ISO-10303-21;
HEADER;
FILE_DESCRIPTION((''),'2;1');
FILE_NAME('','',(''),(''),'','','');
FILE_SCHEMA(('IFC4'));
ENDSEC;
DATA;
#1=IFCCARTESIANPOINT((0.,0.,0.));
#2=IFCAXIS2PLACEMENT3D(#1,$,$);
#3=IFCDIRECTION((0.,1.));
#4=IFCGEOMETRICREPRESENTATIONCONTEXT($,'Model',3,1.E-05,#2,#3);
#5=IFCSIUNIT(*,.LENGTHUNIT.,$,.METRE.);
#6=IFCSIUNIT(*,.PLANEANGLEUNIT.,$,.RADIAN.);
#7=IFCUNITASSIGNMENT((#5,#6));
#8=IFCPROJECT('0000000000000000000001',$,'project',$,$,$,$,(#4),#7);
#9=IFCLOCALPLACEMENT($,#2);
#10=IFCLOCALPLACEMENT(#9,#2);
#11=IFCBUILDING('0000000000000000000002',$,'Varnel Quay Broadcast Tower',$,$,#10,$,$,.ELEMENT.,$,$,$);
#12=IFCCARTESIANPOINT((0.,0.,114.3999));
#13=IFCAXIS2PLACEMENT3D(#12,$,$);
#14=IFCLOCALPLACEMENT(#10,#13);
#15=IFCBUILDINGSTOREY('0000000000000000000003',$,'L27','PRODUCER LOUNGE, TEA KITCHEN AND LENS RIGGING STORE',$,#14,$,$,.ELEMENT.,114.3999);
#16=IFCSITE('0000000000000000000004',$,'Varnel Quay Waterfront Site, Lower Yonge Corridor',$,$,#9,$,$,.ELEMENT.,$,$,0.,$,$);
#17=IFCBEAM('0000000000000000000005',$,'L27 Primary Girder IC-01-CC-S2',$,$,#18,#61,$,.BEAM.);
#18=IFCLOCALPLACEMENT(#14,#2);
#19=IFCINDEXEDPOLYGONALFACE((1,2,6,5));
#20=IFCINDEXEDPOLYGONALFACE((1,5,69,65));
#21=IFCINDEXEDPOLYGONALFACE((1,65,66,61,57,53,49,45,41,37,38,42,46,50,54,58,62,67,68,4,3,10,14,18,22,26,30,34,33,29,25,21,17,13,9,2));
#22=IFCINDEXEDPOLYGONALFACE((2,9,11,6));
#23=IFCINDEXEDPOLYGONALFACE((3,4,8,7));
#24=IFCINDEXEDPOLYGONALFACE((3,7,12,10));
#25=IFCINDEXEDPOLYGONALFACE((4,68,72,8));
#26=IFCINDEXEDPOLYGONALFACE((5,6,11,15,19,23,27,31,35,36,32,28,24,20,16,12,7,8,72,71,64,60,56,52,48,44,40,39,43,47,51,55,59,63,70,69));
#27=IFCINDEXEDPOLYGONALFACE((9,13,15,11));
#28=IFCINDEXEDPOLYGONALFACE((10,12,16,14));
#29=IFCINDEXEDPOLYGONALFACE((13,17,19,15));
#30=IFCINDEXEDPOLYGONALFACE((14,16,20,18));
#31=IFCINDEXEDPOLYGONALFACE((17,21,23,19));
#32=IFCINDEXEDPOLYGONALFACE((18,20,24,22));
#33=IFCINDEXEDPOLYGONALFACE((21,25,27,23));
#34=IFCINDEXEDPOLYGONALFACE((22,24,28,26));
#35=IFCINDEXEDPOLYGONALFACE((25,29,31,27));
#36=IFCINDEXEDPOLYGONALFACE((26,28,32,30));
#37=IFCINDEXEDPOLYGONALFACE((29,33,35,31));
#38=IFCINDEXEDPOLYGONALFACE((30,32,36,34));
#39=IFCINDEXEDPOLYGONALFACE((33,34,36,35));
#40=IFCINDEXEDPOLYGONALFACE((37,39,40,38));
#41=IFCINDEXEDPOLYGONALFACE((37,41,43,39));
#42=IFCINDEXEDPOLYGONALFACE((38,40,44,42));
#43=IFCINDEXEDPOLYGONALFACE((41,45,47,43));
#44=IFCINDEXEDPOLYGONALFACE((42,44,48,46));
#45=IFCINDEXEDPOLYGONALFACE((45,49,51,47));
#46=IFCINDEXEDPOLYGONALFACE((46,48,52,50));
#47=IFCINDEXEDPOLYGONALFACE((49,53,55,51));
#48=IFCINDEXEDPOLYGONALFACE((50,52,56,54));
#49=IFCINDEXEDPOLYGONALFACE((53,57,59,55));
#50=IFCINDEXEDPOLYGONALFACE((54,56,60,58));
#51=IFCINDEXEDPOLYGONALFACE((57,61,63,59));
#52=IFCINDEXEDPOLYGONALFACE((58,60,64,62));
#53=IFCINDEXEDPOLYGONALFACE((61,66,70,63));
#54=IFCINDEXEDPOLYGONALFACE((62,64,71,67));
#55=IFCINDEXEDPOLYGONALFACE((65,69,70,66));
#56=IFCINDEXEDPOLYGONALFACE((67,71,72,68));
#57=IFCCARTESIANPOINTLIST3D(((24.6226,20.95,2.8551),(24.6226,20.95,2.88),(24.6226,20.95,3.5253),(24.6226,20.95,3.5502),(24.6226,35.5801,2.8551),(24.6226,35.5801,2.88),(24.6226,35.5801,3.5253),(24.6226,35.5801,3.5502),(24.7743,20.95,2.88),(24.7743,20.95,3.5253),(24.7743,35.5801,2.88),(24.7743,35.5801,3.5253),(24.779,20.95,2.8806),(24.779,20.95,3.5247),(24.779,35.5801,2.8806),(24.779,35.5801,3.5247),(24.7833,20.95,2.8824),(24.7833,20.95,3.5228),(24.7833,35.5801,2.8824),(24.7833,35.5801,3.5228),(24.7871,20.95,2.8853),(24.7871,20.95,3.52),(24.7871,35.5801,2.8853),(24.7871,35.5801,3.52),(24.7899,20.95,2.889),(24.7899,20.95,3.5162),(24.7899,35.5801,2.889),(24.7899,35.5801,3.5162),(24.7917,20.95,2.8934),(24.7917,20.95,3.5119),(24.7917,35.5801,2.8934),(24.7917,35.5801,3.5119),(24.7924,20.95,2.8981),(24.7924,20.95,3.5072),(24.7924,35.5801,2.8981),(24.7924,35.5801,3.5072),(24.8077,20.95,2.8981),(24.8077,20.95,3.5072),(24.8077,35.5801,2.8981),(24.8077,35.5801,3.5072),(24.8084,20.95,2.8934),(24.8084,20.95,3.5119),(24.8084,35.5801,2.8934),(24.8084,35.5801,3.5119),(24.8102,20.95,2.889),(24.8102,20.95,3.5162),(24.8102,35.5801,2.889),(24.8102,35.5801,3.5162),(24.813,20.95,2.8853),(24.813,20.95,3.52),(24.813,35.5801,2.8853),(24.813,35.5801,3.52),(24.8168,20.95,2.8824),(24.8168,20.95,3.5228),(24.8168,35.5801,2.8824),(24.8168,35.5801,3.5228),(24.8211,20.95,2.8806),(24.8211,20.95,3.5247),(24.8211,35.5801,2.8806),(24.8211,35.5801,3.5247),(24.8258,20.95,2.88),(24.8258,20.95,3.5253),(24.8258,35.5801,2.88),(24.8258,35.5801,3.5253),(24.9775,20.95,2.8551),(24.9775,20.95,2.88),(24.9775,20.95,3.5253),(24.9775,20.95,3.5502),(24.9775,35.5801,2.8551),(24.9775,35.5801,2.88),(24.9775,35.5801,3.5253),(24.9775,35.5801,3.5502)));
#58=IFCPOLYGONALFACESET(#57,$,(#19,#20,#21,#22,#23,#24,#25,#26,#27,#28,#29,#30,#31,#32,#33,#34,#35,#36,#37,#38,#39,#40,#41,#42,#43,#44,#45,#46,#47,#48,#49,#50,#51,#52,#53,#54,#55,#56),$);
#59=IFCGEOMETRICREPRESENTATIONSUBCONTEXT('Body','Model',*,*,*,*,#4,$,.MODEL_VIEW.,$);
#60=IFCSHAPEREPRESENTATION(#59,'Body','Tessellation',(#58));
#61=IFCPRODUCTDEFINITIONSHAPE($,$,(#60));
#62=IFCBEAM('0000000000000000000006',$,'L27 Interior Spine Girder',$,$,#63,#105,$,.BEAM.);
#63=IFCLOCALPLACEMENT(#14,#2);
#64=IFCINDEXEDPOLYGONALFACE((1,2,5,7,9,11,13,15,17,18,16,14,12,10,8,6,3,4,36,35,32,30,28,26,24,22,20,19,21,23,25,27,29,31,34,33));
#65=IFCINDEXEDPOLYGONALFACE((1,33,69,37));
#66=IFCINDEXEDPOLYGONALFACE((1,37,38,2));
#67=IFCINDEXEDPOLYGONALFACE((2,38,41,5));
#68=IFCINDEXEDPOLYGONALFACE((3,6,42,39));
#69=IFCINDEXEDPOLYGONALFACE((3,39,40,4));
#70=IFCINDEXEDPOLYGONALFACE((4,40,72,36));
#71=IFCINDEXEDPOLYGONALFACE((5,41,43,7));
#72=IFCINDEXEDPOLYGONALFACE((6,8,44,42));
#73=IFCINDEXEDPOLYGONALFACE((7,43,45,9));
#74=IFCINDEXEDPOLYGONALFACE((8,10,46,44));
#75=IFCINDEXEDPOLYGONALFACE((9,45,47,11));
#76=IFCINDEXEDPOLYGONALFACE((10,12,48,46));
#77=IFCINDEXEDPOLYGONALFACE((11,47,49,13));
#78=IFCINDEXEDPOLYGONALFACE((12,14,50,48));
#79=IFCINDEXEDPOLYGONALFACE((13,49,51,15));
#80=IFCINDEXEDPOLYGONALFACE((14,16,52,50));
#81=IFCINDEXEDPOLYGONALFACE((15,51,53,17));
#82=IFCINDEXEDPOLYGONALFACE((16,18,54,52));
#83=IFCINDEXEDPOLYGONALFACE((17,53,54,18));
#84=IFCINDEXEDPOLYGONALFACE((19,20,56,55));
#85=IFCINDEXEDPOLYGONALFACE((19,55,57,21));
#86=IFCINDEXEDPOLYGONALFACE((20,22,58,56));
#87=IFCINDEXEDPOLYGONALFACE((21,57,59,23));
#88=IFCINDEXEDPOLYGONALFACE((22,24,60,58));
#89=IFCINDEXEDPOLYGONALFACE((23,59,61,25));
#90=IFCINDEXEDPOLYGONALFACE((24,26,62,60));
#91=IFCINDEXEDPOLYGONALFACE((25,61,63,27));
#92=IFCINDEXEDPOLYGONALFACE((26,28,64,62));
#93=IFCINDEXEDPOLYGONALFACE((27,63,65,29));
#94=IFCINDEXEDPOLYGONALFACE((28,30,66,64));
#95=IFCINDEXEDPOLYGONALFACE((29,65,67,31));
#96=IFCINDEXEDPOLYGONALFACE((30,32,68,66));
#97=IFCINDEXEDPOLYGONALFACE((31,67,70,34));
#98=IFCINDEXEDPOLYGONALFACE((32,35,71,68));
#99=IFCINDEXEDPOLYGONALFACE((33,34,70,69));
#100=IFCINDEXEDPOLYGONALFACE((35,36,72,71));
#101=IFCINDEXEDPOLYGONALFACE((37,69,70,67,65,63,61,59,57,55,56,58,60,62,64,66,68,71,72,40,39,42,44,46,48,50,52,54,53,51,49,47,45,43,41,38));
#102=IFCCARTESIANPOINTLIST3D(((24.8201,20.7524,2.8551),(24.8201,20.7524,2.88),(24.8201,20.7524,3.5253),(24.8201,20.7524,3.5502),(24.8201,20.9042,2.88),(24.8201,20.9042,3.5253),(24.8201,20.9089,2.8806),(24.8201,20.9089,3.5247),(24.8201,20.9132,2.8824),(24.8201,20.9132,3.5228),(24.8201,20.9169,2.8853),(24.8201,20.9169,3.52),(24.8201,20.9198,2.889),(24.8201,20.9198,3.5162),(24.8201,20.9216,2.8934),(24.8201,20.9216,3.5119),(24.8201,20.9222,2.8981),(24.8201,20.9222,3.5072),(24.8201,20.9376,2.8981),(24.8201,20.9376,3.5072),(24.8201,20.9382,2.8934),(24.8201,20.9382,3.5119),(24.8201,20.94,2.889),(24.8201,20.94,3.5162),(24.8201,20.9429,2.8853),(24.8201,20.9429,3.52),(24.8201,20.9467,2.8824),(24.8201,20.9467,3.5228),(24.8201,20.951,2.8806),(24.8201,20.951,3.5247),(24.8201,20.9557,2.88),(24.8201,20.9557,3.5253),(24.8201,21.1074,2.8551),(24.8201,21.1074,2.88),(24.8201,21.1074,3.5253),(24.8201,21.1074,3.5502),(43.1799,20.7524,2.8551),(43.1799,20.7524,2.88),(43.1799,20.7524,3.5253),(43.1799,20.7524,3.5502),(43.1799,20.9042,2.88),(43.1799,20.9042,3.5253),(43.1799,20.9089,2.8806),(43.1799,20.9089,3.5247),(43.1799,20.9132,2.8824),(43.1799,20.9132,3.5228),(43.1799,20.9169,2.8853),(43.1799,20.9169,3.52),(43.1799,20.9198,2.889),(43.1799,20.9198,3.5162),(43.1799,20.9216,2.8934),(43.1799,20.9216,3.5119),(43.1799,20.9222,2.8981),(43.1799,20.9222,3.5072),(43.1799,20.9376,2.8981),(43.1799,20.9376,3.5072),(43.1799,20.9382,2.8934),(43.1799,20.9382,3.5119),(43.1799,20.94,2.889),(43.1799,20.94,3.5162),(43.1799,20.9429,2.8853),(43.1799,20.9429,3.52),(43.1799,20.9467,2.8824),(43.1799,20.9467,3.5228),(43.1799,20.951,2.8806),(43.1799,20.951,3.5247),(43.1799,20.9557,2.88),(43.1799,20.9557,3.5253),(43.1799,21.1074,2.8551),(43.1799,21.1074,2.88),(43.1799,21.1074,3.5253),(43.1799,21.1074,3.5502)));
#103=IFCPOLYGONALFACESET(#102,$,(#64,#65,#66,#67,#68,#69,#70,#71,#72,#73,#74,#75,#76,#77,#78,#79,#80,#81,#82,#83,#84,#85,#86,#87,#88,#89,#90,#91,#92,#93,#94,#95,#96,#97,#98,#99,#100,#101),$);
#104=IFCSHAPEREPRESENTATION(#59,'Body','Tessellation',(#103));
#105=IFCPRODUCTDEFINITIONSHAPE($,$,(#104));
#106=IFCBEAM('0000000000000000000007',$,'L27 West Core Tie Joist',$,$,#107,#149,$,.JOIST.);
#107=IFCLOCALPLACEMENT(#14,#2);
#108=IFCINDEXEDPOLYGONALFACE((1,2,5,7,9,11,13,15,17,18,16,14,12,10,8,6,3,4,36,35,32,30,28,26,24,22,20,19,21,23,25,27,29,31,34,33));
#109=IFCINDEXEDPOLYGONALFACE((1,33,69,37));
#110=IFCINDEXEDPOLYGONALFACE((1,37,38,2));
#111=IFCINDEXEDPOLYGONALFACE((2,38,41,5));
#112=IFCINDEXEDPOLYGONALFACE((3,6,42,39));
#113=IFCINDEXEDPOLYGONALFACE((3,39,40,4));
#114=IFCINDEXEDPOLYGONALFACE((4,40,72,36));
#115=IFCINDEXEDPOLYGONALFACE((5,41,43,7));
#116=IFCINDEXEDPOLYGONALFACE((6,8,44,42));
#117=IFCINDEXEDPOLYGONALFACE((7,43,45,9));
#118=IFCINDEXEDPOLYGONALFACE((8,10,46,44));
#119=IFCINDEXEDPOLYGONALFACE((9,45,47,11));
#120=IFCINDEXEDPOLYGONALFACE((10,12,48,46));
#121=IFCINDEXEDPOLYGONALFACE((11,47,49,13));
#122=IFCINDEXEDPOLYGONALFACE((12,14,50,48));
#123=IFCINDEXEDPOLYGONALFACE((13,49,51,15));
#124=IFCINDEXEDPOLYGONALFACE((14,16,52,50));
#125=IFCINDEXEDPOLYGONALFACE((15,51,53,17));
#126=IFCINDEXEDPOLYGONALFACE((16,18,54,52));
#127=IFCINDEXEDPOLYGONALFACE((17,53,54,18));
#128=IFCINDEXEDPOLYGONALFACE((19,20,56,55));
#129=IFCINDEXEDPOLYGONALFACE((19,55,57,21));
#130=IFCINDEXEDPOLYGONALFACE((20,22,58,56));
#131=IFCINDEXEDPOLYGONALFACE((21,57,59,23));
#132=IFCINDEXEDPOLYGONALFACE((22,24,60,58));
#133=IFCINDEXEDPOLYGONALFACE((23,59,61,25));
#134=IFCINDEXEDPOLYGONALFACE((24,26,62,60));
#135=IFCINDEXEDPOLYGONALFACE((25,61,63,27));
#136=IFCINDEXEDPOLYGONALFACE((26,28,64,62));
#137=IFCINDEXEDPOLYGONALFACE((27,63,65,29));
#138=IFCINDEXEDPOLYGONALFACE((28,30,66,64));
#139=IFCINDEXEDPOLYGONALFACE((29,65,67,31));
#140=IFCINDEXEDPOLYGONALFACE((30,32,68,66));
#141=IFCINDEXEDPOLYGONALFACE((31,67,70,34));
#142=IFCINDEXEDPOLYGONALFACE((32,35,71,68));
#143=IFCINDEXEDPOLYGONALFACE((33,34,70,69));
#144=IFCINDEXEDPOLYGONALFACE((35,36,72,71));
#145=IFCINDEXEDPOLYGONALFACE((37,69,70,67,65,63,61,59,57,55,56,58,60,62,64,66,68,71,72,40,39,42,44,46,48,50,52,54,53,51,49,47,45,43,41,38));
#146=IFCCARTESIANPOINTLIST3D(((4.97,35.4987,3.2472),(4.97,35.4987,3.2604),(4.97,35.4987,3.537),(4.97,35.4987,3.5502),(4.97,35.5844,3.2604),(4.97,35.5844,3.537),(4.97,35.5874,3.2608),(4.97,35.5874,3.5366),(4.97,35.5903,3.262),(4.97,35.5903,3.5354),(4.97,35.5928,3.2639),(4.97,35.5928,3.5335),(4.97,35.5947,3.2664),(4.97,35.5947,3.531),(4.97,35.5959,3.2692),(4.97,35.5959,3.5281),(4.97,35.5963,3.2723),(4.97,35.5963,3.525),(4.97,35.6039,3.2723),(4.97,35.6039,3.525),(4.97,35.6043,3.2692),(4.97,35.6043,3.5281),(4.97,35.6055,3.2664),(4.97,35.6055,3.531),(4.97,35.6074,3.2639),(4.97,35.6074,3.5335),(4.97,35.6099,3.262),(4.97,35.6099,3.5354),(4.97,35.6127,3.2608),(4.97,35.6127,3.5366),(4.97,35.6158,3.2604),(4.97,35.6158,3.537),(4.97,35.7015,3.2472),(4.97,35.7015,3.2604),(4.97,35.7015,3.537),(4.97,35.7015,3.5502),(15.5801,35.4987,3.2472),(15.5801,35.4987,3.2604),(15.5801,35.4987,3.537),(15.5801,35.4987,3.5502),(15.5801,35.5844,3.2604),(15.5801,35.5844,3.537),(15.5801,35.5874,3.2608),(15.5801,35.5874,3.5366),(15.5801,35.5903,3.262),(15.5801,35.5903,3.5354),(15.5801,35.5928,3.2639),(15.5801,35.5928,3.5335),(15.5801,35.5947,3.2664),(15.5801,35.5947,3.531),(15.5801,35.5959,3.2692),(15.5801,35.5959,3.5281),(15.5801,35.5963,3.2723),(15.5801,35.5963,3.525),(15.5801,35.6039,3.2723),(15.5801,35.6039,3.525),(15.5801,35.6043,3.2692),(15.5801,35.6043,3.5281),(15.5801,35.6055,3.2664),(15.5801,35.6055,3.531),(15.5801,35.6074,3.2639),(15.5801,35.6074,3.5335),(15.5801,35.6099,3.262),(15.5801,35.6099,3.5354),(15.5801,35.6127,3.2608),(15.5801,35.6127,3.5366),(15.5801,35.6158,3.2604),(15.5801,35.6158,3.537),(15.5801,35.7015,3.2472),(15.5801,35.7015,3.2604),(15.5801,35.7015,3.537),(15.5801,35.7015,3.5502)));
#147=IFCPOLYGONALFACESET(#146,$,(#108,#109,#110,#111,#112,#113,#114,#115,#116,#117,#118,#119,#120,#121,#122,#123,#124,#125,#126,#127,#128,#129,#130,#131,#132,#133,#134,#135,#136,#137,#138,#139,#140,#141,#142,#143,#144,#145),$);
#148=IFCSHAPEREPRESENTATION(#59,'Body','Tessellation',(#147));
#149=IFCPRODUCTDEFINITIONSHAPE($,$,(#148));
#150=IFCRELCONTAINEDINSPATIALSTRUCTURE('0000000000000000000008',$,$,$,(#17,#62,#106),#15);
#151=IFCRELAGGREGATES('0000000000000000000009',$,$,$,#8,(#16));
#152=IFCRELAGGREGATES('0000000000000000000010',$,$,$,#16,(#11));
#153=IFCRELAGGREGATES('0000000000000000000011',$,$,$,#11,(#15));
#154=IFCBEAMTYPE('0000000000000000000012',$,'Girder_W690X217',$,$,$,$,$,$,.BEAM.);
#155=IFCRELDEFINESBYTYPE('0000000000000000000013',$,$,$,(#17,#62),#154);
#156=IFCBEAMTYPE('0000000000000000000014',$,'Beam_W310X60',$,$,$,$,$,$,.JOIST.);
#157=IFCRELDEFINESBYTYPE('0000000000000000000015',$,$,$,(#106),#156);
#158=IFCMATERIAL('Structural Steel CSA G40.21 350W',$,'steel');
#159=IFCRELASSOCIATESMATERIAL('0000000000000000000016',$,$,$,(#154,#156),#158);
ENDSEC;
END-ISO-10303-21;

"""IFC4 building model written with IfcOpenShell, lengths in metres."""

from ifc_helpers import new_model, si_unit, direction, frame, origin, origin_2d, place, context, subcontext, project, spatial, i_section, extrude, source, transform, mapped, material, material_profile, profile_set, type_object, type_shapes, element, save


model = new_model("IFC4")

# Units and contexts
model_context = context("Model", 3, precision=1e-05, world=origin(), true_north=direction((0.0, 1.0)))
body_context = subcontext(model_context, "Body", "Model", "MODEL_VIEW")
ifc_project = project(units=[si_unit("LENGTHUNIT", "METRE"), si_unit("PLANEANGLEUNIT", "RADIAN")], contexts=[model_context])

# Site, building, storey
site_placement = place(None, origin())
site = spatial("IfcSite", under=ifc_project, at=site_placement, Name="Varnel Quay Waterfront Site, Lower Yonge Corridor", CompositionType="ELEMENT", RefElevation=0.0)
building_placement = place(site_placement, origin())
building = spatial("IfcBuilding", under=site, at=building_placement, Name="Varnel Quay Broadcast Tower", CompositionType="ELEMENT")
storey_placement = place(building_placement, frame((0.0, 0.0, 114.3999)))
storey = spatial("IfcBuildingStorey", under=building, at=storey_placement, Name="L27", Description="PRODUCER LOUNGE, TEA KITCHEN AND LENS RIGGING STORE", CompositionType="ELEMENT", Elevation=114.3999)

# Shared definitions
ifc_material_1 = material(Name="Structural Steel CSA G40.21 350W", Category="steel")

# Beams
ifc_material_profile_1 = material_profile(ifc_material_1, i_section(OverallWidth=0.355, OverallDepth=0.6951, WebThickness=0.0154, FlangeThickness=0.0249, FilletRadius=0.0181, at=origin_2d()), Name="W690X217")
ifc_profile_set_1 = profile_set([ifc_material_profile_1], Name="Structural Steel CSA G40.21 350W")
beam_type_1 = type_object("IfcBeamType", Name="Girder_W690X217", PredefinedType="BEAM", material=ifc_profile_set_1)
shared_shape_1 = source(origin(), body_context, "Body", "SweptSolid", [
    extrude(i_section(OverallWidth=0.355, OverallDepth=0.6951, WebThickness=0.0154, FlangeThickness=0.0249, FilletRadius=0.0181, at=origin_2d()), origin(), (0.0, 0.0, 1.0), 14.6301),
])
beam_1_placement = place(storey_placement, frame((24.8, 20.95, 3.2026), z_axis=(0.0, 1.0, 0.0), x_axis=(-1.0, 0.0, 0.0)))
element("IfcBeam", 1, at=beam_1_placement, inside=storey, type_object=beam_type_1, Name="L27 Primary Girder IC-01-CC-S2", PredefinedType="BEAM", context=body_context, shape_type="MappedRepresentation", body=[
    mapped(shared_shape_1, transform((0.0, 0.0, 0.0), x_axis=(1.0, 0.0, 0.0), y_axis=(0.0, 1.0, 0.0), z_axis=(0.0, 0.0, 1.0), scale=1.0)),
])
shared_shape_2 = source(origin(), body_context, "Body", "SweptSolid", [
    extrude(i_section(OverallWidth=0.355, OverallDepth=0.6951, WebThickness=0.0154, FlangeThickness=0.0249, FilletRadius=0.0181, at=origin_2d()), origin(), (0.0, 0.0, 1.0), 18.3599),
])
type_shapes(beam_type_1, [shared_shape_1, shared_shape_2])
beam_2_placement = place(storey_placement, frame((24.8201, 20.9299, 3.2026), z_axis=(1.0, 0.0, 0.0), x_axis=(0.0, 1.0, 0.0)))
element("IfcBeam", 2, at=beam_2_placement, inside=storey, type_object=beam_type_1, Name="L27 Interior Spine Girder", PredefinedType="BEAM", context=body_context, shape_type="MappedRepresentation", body=[
    mapped(shared_shape_2, transform((0.0, 0.0, 0.0), x_axis=(1.0, 0.0, 0.0), y_axis=(0.0, 1.0, 0.0), z_axis=(0.0, 0.0, 1.0), scale=1.0)),
])
ifc_material_profile_2 = material_profile(ifc_material_1, i_section(OverallWidth=0.2029, OverallDepth=0.303, WebThickness=0.0076, FlangeThickness=0.0132, FilletRadius=0.012, at=origin_2d()), Name="W310X60")
ifc_profile_set_2 = profile_set([ifc_material_profile_2], Name="Structural Steel CSA G40.21 350W")
beam_type_2 = type_object("IfcBeamType", Name="Beam_W310X60", PredefinedType="JOIST", material=ifc_profile_set_2)
shared_shape_3 = source(origin(), body_context, "Body", "SweptSolid", [
    extrude(i_section(OverallWidth=0.2029, OverallDepth=0.303, WebThickness=0.0076, FlangeThickness=0.0132, FilletRadius=0.012, at=origin_2d()), origin(), (0.0, 0.0, 1.0), 10.6101),
])
beam_3_placement = place(storey_placement, frame((4.97, 35.6001, 3.3987), z_axis=(1.0, 0.0, 0.0), x_axis=(0.0, 1.0, 0.0)))
element("IfcBeam", 3, at=beam_3_placement, inside=storey, type_object=beam_type_2, Name="L27 West Core Tie Joist", PredefinedType="JOIST", context=body_context, shape_type="MappedRepresentation", body=[
    mapped(shared_shape_3, transform((0.0, 0.0, 0.0), x_axis=(1.0, 0.0, 0.0), y_axis=(0.0, 1.0, 0.0), z_axis=(0.0, 0.0, 1.0), scale=1.0)),
])

save(model, "model.ifc")
